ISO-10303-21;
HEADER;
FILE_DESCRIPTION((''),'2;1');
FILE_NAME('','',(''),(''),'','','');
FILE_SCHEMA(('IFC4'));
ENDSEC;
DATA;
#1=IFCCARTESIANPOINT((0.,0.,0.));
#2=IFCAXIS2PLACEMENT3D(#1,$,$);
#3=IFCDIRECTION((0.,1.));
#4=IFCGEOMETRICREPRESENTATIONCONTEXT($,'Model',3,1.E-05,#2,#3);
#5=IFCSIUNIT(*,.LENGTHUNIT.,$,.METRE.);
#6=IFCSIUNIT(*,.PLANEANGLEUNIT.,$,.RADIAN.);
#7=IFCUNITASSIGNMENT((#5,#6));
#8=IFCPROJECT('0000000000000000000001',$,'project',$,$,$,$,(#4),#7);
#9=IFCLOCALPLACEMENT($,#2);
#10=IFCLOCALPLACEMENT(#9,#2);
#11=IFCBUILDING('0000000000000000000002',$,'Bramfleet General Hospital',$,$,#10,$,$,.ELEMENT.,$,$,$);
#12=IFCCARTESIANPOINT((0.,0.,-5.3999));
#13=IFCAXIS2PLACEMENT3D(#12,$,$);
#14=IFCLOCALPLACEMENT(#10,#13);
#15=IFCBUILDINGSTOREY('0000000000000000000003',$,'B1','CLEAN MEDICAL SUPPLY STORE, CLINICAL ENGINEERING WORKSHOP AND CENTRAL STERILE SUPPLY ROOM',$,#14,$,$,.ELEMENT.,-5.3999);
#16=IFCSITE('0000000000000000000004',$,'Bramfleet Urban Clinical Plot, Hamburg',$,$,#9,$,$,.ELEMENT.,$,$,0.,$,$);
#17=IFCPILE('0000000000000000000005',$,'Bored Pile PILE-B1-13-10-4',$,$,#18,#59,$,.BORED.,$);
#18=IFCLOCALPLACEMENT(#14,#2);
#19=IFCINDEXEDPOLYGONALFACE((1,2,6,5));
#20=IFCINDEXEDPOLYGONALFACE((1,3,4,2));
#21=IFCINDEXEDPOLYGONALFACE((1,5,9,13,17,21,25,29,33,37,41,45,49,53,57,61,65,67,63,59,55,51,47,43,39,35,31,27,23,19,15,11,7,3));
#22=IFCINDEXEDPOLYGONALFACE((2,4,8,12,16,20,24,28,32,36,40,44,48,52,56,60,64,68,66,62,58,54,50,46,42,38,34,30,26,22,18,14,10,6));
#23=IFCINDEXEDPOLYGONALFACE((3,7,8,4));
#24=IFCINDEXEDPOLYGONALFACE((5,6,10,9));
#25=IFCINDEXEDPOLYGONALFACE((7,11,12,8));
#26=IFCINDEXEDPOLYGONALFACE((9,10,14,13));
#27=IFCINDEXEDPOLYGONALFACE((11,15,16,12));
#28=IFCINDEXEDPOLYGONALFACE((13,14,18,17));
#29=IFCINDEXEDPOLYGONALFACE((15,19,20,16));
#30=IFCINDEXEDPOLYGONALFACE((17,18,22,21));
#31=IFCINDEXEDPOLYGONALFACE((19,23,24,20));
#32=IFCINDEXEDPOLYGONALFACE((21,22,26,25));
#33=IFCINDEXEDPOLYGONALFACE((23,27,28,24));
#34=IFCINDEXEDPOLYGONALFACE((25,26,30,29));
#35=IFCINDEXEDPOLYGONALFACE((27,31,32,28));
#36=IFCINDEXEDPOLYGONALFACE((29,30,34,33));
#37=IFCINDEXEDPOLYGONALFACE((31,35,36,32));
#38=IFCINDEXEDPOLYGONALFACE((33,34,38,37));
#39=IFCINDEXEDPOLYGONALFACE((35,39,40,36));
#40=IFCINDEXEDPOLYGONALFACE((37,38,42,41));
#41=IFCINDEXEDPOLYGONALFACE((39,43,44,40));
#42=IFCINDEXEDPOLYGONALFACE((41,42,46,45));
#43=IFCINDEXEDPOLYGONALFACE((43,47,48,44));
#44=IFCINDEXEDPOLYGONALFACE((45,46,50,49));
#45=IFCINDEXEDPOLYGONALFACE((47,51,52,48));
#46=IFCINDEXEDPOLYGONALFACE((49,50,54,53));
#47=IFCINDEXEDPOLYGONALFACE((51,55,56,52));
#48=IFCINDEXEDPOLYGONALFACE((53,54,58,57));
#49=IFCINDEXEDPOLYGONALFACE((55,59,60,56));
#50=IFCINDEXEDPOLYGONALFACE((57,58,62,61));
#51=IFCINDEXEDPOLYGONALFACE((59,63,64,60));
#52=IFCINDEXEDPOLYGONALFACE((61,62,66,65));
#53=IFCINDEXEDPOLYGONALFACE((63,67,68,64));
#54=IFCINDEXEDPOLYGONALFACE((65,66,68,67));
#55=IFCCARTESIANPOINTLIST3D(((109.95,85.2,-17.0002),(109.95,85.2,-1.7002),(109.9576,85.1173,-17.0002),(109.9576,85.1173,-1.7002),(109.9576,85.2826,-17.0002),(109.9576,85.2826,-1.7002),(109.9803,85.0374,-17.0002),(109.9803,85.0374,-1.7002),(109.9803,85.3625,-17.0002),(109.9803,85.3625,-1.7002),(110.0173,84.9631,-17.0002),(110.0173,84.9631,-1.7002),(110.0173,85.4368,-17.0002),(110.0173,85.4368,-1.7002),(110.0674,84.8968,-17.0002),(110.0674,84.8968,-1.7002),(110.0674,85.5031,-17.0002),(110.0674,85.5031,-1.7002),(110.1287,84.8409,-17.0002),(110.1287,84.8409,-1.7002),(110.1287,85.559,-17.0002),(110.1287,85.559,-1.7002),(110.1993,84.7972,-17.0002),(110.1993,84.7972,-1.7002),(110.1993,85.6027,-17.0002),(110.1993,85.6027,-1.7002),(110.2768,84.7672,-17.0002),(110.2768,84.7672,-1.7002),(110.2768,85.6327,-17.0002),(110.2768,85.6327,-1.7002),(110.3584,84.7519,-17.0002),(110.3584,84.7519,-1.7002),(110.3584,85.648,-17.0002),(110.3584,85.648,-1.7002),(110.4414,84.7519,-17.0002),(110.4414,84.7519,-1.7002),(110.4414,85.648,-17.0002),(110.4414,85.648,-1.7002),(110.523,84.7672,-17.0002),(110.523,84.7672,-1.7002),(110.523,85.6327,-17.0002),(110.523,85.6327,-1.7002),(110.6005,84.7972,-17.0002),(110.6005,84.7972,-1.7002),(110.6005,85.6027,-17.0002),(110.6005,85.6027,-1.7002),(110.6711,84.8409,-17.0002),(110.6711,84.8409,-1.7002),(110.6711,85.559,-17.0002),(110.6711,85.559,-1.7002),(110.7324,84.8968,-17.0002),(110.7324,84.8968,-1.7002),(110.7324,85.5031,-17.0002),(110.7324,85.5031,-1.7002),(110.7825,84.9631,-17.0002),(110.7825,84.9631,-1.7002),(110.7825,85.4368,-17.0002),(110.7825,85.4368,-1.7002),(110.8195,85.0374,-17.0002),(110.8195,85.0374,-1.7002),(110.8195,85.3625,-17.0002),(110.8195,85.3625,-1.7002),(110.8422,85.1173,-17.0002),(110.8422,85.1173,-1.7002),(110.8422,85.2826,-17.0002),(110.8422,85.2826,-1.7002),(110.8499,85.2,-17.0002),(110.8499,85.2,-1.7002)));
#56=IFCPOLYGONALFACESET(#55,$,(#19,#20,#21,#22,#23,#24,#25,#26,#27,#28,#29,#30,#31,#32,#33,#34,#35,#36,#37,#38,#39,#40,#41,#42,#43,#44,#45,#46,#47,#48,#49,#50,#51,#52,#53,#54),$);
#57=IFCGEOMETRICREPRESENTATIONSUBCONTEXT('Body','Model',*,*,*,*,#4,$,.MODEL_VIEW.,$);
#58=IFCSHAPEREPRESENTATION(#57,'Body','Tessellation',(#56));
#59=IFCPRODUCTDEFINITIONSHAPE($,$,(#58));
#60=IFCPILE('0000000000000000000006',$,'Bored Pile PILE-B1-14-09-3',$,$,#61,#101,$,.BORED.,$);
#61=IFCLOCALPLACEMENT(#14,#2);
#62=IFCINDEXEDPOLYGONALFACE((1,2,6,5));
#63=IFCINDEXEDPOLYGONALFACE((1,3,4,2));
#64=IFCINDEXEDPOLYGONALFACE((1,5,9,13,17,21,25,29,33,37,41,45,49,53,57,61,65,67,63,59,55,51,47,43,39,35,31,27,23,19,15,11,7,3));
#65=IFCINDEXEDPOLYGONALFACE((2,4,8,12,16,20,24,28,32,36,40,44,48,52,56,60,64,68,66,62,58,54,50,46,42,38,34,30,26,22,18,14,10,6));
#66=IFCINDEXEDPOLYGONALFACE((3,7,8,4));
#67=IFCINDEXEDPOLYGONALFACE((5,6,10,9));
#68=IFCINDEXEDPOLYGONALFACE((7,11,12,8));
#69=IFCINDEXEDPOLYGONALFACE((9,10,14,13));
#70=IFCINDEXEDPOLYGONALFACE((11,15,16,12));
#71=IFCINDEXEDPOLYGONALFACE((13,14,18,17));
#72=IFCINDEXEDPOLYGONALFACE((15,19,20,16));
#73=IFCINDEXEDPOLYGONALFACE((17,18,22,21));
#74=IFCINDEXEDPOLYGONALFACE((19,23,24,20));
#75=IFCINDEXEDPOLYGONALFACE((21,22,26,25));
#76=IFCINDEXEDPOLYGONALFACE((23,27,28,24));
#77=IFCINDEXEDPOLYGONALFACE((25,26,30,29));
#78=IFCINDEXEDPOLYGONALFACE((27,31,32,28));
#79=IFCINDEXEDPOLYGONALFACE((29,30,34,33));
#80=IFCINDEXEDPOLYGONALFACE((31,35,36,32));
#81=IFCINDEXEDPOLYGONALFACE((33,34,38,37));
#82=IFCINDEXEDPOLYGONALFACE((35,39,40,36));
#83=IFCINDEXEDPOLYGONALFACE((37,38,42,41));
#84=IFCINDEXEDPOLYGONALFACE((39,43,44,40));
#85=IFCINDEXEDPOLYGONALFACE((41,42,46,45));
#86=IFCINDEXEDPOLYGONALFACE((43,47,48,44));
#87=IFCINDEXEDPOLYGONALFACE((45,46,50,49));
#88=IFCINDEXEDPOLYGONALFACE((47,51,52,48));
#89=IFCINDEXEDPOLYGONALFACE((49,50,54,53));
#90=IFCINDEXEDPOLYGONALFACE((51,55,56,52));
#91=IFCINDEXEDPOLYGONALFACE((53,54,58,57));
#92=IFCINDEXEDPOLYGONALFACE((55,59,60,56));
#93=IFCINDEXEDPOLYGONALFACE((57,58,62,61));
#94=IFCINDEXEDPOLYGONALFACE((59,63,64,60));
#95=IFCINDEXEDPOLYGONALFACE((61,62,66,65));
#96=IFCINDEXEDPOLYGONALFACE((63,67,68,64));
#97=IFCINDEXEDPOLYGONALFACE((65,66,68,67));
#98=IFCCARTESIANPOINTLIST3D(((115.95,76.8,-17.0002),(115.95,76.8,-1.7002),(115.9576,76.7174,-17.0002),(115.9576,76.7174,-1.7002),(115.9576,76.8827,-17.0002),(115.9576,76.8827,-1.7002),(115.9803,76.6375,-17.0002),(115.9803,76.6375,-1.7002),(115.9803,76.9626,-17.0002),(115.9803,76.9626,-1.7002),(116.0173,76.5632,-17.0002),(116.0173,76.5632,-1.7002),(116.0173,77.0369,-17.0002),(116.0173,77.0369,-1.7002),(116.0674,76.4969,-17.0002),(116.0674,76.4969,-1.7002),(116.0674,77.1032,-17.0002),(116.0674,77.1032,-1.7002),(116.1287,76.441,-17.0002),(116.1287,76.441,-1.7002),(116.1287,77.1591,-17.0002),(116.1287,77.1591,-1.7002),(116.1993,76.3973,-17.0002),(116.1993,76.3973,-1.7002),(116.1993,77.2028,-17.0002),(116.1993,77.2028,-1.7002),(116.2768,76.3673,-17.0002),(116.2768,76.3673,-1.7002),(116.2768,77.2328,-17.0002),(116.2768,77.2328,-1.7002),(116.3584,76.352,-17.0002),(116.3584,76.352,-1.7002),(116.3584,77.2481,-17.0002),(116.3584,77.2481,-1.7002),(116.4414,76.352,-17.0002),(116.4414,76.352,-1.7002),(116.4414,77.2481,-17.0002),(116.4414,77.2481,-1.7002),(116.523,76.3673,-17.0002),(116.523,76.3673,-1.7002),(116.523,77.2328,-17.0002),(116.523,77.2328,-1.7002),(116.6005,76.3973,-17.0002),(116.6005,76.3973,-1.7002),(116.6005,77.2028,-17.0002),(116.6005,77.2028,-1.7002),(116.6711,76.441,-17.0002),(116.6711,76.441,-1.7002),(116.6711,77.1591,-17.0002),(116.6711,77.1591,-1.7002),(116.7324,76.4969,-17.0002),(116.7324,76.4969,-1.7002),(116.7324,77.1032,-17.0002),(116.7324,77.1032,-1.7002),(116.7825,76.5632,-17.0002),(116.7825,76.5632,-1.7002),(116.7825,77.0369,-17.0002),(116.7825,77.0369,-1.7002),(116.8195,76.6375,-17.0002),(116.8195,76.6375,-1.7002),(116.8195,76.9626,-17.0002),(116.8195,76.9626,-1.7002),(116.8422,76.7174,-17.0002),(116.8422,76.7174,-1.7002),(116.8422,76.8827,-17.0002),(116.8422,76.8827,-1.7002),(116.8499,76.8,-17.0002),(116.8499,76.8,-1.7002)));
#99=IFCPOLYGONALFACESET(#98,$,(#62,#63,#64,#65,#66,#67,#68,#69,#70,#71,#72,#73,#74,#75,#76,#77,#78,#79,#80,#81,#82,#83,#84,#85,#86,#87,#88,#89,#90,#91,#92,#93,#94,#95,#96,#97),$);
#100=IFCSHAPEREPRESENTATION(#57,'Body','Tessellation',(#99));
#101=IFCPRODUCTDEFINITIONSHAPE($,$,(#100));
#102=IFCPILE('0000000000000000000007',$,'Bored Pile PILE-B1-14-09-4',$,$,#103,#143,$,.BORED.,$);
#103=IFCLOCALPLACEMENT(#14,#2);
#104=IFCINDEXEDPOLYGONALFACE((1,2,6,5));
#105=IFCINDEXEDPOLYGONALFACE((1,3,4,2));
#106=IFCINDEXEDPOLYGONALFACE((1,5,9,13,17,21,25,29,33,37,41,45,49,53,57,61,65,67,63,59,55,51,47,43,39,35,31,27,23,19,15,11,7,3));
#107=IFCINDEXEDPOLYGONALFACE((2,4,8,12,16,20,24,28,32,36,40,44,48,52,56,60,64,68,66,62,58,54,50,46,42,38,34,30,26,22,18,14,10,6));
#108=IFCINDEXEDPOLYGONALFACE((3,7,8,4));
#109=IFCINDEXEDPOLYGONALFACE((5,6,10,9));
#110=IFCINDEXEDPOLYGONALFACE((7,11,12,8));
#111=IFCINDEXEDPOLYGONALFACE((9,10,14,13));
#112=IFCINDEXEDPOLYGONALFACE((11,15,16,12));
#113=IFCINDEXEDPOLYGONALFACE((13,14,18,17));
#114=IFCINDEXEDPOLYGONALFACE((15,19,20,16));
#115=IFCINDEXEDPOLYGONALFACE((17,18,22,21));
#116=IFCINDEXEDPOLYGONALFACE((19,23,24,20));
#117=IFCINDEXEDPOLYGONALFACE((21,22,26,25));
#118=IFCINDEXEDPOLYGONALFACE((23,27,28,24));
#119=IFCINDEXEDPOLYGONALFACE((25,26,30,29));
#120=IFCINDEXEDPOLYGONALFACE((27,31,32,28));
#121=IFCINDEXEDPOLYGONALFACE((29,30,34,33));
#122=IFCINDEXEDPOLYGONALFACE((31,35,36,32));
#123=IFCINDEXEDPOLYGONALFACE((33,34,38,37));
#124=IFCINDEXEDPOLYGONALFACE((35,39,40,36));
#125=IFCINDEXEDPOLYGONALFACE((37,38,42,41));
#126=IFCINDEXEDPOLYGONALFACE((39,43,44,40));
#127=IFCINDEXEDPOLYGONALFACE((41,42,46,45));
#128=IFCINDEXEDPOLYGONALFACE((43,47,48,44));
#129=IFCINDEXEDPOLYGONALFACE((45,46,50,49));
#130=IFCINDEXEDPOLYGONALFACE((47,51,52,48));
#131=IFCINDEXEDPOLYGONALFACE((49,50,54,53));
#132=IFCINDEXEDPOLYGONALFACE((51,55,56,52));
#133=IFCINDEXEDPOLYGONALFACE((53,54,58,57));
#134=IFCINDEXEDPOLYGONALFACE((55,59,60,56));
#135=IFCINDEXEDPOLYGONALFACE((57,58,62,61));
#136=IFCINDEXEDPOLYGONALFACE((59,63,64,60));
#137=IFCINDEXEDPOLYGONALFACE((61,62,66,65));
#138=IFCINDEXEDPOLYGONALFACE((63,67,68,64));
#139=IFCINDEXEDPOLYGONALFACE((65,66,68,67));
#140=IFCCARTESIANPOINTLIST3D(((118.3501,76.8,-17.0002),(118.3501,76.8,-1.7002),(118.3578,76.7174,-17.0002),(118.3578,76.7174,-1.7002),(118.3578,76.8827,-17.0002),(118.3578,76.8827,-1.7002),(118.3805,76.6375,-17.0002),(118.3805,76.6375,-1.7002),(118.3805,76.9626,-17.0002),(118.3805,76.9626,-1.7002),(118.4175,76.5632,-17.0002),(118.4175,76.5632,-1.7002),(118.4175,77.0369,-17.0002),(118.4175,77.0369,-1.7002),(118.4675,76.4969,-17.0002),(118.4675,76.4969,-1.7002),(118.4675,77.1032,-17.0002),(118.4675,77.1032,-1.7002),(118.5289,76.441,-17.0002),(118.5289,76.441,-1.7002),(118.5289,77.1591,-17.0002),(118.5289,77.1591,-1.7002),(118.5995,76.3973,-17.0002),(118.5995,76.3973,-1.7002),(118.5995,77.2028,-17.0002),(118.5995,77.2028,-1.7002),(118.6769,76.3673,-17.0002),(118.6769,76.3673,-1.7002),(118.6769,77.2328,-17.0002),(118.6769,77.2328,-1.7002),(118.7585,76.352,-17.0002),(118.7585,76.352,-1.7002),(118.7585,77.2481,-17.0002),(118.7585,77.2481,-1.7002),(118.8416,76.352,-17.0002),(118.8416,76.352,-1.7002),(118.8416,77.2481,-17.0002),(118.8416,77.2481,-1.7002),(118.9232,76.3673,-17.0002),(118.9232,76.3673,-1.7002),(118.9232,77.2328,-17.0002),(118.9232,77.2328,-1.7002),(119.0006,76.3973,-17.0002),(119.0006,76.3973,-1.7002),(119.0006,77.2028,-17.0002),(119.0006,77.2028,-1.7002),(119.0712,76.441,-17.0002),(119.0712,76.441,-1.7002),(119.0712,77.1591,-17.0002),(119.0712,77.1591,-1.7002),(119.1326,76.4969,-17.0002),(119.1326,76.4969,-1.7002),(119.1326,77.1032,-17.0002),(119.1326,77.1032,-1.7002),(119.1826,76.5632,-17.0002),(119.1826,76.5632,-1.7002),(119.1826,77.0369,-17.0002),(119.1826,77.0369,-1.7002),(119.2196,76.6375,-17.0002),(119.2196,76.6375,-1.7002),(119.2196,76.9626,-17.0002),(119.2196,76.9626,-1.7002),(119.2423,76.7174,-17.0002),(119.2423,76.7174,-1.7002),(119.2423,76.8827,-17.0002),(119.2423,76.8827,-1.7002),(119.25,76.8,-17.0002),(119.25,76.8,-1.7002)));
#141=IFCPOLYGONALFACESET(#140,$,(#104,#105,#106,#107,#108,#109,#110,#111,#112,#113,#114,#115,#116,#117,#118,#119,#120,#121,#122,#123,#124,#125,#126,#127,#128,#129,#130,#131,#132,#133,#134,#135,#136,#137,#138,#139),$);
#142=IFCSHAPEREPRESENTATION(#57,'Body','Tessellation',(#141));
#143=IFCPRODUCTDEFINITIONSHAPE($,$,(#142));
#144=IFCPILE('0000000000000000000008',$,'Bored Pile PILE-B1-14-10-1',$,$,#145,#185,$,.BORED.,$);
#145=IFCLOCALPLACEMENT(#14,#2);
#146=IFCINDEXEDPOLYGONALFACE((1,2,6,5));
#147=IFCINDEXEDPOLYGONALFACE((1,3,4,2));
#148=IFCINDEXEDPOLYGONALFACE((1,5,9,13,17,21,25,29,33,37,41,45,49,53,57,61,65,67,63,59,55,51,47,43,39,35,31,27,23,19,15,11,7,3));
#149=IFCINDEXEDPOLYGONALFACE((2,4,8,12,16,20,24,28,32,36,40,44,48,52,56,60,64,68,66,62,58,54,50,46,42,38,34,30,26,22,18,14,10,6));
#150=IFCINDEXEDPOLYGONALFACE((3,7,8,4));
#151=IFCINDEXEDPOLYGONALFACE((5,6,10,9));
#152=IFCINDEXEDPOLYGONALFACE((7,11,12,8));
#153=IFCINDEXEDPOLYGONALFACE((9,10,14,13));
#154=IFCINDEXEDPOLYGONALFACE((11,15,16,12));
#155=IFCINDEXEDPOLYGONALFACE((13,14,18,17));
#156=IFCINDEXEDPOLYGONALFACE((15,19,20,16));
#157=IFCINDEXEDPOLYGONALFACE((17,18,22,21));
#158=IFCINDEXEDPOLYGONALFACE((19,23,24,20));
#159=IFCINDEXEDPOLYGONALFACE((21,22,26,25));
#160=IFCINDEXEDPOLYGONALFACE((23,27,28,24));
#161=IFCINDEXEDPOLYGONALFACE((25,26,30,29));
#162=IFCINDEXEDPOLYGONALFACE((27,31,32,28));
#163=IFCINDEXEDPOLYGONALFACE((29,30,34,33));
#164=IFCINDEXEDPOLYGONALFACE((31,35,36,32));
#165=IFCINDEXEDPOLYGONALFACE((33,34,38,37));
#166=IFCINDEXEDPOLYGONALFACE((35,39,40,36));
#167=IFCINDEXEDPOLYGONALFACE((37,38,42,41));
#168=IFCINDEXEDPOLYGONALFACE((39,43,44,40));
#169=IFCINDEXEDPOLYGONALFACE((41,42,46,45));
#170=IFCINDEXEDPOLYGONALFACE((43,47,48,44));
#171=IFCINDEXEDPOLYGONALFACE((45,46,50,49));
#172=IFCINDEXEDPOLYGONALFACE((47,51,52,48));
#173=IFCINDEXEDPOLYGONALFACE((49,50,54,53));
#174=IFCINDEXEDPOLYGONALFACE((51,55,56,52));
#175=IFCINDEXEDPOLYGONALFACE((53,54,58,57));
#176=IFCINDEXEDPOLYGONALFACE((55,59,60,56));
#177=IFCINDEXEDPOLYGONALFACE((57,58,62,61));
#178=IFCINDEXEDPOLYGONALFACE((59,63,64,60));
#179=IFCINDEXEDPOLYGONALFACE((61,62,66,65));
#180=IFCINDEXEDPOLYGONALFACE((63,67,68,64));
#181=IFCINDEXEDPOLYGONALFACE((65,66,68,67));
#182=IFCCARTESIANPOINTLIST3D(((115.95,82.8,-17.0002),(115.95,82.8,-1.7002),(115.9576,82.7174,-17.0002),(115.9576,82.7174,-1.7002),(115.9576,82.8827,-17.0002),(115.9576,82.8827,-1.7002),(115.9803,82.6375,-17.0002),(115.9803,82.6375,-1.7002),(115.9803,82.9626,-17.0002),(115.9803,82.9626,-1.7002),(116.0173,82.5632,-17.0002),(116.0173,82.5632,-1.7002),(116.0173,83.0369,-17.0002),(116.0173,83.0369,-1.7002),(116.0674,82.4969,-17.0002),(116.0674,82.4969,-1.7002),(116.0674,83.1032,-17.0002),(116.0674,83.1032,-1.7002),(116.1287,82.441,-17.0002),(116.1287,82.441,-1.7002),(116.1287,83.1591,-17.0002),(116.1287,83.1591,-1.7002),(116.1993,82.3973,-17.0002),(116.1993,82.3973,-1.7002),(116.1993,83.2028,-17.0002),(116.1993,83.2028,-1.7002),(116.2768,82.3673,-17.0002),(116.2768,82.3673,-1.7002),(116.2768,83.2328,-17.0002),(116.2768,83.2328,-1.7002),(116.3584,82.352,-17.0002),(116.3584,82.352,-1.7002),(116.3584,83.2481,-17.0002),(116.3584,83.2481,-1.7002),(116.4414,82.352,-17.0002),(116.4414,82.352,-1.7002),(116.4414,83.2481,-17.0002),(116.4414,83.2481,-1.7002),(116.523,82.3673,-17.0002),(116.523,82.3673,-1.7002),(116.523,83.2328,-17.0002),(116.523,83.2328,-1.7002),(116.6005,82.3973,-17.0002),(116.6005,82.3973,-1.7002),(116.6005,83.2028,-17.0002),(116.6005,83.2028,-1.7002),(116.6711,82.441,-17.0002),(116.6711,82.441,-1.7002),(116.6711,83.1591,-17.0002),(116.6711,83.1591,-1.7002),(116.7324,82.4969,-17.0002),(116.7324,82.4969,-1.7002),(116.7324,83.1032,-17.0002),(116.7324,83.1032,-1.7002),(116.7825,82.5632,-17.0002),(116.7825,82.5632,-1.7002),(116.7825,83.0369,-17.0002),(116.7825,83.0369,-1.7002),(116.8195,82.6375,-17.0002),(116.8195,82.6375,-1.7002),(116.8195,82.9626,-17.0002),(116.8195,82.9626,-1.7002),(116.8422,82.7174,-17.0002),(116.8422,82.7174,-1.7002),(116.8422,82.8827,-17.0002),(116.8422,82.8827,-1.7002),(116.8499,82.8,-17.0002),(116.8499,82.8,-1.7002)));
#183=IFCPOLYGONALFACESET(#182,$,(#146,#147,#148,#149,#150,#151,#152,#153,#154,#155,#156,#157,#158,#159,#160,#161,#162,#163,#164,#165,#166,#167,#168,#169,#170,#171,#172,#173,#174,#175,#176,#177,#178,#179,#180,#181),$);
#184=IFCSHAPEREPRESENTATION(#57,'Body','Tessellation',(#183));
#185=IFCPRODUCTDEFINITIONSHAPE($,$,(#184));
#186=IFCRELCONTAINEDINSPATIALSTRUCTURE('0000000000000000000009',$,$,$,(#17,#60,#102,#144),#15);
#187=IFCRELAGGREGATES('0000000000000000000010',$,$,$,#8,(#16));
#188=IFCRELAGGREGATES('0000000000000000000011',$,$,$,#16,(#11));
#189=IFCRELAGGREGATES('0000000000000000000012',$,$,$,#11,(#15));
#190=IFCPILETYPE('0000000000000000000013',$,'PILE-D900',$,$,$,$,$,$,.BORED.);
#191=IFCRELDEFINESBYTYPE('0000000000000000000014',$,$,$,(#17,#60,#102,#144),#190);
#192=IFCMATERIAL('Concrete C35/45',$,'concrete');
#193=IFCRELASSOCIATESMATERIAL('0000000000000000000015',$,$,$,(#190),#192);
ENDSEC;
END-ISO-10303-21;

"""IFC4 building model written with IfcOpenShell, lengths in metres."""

from ifc_helpers import new_model, si_unit, direction, frame, origin, origin_2d, place, context, subcontext, project, spatial, circle, extrude, material, material_profile, profile_set, type_object, element, save


model = new_model("IFC4")

# Units and contexts
model_context = context("Model", 3, precision=1e-05, world=origin(), true_north=direction((0.0, 1.0)))
body_context = subcontext(model_context, "Body", "Model", "MODEL_VIEW")
ifc_project = project(units=[si_unit("LENGTHUNIT", "METRE"), si_unit("PLANEANGLEUNIT", "RADIAN")], contexts=[model_context])

# Site, building, storey
site_placement = place(None, origin())
site = spatial("IfcSite", under=ifc_project, at=site_placement, Name="Bramfleet Urban Clinical Plot, Hamburg", CompositionType="ELEMENT", RefElevation=0.0)
building_placement = place(site_placement, origin())
building = spatial("IfcBuilding", under=site, at=building_placement, Name="Bramfleet General Hospital", CompositionType="ELEMENT")
storey_placement = place(building_placement, frame((0.0, 0.0, -5.3999)))
storey = spatial("IfcBuildingStorey", under=building, at=storey_placement, Name="B1", Description="CLEAN MEDICAL SUPPLY STORE, CLINICAL ENGINEERING WORKSHOP AND CENTRAL STERILE SUPPLY ROOM", CompositionType="ELEMENT", Elevation=-5.3999)

# Shared definitions
ifc_material_1 = material(Name="Concrete C35/45", Category="concrete")

# Piles
ifc_material_profile_1 = material_profile(ifc_material_1, circle(Radius=0.45, at=origin_2d()), Name="PILE BORED D900")
ifc_profile_set_1 = profile_set([ifc_material_profile_1], Name="Concrete C35/45")
pile_type_1 = type_object("IfcPileType", Name="PILE-D900", PredefinedType="BORED", material=ifc_profile_set_1)
for number, where, z_axis, x_axis, name in (
    (1, (110.3999, 85.2, -1.7002), (0.0, 0.0, -1.0), (1.0, 0.0, 0.0), "Bored Pile PILE-B1-13-10-4"),
    (2, (116.3999, 76.8, -1.7002), (0.0, 0.0, -1.0), (1.0, 0.0, 0.0), "Bored Pile PILE-B1-14-09-3"),
    (3, (118.8, 76.8, -1.7002), (0.0, 0.0, -1.0), (1.0, 0.0, 0.0), "Bored Pile PILE-B1-14-09-4"),
    (4, (116.3999, 82.8, -1.7002), (0.0, 0.0, -1.0), (1.0, 0.0, 0.0), "Bored Pile PILE-B1-14-10-1"),
):
    element("IfcPile", number, at=place(storey_placement, frame(where, z_axis=z_axis, x_axis=x_axis)), inside=storey, type_object=pile_type_1, Name=name, PredefinedType="BORED", context=body_context, shape_type="SweptSolid", body=[
        extrude(circle(Radius=0.45, at=origin_2d()), origin(), (0.0, 0.0, 1.0), 15.3),
    ])

save(model, "model.ifc")
